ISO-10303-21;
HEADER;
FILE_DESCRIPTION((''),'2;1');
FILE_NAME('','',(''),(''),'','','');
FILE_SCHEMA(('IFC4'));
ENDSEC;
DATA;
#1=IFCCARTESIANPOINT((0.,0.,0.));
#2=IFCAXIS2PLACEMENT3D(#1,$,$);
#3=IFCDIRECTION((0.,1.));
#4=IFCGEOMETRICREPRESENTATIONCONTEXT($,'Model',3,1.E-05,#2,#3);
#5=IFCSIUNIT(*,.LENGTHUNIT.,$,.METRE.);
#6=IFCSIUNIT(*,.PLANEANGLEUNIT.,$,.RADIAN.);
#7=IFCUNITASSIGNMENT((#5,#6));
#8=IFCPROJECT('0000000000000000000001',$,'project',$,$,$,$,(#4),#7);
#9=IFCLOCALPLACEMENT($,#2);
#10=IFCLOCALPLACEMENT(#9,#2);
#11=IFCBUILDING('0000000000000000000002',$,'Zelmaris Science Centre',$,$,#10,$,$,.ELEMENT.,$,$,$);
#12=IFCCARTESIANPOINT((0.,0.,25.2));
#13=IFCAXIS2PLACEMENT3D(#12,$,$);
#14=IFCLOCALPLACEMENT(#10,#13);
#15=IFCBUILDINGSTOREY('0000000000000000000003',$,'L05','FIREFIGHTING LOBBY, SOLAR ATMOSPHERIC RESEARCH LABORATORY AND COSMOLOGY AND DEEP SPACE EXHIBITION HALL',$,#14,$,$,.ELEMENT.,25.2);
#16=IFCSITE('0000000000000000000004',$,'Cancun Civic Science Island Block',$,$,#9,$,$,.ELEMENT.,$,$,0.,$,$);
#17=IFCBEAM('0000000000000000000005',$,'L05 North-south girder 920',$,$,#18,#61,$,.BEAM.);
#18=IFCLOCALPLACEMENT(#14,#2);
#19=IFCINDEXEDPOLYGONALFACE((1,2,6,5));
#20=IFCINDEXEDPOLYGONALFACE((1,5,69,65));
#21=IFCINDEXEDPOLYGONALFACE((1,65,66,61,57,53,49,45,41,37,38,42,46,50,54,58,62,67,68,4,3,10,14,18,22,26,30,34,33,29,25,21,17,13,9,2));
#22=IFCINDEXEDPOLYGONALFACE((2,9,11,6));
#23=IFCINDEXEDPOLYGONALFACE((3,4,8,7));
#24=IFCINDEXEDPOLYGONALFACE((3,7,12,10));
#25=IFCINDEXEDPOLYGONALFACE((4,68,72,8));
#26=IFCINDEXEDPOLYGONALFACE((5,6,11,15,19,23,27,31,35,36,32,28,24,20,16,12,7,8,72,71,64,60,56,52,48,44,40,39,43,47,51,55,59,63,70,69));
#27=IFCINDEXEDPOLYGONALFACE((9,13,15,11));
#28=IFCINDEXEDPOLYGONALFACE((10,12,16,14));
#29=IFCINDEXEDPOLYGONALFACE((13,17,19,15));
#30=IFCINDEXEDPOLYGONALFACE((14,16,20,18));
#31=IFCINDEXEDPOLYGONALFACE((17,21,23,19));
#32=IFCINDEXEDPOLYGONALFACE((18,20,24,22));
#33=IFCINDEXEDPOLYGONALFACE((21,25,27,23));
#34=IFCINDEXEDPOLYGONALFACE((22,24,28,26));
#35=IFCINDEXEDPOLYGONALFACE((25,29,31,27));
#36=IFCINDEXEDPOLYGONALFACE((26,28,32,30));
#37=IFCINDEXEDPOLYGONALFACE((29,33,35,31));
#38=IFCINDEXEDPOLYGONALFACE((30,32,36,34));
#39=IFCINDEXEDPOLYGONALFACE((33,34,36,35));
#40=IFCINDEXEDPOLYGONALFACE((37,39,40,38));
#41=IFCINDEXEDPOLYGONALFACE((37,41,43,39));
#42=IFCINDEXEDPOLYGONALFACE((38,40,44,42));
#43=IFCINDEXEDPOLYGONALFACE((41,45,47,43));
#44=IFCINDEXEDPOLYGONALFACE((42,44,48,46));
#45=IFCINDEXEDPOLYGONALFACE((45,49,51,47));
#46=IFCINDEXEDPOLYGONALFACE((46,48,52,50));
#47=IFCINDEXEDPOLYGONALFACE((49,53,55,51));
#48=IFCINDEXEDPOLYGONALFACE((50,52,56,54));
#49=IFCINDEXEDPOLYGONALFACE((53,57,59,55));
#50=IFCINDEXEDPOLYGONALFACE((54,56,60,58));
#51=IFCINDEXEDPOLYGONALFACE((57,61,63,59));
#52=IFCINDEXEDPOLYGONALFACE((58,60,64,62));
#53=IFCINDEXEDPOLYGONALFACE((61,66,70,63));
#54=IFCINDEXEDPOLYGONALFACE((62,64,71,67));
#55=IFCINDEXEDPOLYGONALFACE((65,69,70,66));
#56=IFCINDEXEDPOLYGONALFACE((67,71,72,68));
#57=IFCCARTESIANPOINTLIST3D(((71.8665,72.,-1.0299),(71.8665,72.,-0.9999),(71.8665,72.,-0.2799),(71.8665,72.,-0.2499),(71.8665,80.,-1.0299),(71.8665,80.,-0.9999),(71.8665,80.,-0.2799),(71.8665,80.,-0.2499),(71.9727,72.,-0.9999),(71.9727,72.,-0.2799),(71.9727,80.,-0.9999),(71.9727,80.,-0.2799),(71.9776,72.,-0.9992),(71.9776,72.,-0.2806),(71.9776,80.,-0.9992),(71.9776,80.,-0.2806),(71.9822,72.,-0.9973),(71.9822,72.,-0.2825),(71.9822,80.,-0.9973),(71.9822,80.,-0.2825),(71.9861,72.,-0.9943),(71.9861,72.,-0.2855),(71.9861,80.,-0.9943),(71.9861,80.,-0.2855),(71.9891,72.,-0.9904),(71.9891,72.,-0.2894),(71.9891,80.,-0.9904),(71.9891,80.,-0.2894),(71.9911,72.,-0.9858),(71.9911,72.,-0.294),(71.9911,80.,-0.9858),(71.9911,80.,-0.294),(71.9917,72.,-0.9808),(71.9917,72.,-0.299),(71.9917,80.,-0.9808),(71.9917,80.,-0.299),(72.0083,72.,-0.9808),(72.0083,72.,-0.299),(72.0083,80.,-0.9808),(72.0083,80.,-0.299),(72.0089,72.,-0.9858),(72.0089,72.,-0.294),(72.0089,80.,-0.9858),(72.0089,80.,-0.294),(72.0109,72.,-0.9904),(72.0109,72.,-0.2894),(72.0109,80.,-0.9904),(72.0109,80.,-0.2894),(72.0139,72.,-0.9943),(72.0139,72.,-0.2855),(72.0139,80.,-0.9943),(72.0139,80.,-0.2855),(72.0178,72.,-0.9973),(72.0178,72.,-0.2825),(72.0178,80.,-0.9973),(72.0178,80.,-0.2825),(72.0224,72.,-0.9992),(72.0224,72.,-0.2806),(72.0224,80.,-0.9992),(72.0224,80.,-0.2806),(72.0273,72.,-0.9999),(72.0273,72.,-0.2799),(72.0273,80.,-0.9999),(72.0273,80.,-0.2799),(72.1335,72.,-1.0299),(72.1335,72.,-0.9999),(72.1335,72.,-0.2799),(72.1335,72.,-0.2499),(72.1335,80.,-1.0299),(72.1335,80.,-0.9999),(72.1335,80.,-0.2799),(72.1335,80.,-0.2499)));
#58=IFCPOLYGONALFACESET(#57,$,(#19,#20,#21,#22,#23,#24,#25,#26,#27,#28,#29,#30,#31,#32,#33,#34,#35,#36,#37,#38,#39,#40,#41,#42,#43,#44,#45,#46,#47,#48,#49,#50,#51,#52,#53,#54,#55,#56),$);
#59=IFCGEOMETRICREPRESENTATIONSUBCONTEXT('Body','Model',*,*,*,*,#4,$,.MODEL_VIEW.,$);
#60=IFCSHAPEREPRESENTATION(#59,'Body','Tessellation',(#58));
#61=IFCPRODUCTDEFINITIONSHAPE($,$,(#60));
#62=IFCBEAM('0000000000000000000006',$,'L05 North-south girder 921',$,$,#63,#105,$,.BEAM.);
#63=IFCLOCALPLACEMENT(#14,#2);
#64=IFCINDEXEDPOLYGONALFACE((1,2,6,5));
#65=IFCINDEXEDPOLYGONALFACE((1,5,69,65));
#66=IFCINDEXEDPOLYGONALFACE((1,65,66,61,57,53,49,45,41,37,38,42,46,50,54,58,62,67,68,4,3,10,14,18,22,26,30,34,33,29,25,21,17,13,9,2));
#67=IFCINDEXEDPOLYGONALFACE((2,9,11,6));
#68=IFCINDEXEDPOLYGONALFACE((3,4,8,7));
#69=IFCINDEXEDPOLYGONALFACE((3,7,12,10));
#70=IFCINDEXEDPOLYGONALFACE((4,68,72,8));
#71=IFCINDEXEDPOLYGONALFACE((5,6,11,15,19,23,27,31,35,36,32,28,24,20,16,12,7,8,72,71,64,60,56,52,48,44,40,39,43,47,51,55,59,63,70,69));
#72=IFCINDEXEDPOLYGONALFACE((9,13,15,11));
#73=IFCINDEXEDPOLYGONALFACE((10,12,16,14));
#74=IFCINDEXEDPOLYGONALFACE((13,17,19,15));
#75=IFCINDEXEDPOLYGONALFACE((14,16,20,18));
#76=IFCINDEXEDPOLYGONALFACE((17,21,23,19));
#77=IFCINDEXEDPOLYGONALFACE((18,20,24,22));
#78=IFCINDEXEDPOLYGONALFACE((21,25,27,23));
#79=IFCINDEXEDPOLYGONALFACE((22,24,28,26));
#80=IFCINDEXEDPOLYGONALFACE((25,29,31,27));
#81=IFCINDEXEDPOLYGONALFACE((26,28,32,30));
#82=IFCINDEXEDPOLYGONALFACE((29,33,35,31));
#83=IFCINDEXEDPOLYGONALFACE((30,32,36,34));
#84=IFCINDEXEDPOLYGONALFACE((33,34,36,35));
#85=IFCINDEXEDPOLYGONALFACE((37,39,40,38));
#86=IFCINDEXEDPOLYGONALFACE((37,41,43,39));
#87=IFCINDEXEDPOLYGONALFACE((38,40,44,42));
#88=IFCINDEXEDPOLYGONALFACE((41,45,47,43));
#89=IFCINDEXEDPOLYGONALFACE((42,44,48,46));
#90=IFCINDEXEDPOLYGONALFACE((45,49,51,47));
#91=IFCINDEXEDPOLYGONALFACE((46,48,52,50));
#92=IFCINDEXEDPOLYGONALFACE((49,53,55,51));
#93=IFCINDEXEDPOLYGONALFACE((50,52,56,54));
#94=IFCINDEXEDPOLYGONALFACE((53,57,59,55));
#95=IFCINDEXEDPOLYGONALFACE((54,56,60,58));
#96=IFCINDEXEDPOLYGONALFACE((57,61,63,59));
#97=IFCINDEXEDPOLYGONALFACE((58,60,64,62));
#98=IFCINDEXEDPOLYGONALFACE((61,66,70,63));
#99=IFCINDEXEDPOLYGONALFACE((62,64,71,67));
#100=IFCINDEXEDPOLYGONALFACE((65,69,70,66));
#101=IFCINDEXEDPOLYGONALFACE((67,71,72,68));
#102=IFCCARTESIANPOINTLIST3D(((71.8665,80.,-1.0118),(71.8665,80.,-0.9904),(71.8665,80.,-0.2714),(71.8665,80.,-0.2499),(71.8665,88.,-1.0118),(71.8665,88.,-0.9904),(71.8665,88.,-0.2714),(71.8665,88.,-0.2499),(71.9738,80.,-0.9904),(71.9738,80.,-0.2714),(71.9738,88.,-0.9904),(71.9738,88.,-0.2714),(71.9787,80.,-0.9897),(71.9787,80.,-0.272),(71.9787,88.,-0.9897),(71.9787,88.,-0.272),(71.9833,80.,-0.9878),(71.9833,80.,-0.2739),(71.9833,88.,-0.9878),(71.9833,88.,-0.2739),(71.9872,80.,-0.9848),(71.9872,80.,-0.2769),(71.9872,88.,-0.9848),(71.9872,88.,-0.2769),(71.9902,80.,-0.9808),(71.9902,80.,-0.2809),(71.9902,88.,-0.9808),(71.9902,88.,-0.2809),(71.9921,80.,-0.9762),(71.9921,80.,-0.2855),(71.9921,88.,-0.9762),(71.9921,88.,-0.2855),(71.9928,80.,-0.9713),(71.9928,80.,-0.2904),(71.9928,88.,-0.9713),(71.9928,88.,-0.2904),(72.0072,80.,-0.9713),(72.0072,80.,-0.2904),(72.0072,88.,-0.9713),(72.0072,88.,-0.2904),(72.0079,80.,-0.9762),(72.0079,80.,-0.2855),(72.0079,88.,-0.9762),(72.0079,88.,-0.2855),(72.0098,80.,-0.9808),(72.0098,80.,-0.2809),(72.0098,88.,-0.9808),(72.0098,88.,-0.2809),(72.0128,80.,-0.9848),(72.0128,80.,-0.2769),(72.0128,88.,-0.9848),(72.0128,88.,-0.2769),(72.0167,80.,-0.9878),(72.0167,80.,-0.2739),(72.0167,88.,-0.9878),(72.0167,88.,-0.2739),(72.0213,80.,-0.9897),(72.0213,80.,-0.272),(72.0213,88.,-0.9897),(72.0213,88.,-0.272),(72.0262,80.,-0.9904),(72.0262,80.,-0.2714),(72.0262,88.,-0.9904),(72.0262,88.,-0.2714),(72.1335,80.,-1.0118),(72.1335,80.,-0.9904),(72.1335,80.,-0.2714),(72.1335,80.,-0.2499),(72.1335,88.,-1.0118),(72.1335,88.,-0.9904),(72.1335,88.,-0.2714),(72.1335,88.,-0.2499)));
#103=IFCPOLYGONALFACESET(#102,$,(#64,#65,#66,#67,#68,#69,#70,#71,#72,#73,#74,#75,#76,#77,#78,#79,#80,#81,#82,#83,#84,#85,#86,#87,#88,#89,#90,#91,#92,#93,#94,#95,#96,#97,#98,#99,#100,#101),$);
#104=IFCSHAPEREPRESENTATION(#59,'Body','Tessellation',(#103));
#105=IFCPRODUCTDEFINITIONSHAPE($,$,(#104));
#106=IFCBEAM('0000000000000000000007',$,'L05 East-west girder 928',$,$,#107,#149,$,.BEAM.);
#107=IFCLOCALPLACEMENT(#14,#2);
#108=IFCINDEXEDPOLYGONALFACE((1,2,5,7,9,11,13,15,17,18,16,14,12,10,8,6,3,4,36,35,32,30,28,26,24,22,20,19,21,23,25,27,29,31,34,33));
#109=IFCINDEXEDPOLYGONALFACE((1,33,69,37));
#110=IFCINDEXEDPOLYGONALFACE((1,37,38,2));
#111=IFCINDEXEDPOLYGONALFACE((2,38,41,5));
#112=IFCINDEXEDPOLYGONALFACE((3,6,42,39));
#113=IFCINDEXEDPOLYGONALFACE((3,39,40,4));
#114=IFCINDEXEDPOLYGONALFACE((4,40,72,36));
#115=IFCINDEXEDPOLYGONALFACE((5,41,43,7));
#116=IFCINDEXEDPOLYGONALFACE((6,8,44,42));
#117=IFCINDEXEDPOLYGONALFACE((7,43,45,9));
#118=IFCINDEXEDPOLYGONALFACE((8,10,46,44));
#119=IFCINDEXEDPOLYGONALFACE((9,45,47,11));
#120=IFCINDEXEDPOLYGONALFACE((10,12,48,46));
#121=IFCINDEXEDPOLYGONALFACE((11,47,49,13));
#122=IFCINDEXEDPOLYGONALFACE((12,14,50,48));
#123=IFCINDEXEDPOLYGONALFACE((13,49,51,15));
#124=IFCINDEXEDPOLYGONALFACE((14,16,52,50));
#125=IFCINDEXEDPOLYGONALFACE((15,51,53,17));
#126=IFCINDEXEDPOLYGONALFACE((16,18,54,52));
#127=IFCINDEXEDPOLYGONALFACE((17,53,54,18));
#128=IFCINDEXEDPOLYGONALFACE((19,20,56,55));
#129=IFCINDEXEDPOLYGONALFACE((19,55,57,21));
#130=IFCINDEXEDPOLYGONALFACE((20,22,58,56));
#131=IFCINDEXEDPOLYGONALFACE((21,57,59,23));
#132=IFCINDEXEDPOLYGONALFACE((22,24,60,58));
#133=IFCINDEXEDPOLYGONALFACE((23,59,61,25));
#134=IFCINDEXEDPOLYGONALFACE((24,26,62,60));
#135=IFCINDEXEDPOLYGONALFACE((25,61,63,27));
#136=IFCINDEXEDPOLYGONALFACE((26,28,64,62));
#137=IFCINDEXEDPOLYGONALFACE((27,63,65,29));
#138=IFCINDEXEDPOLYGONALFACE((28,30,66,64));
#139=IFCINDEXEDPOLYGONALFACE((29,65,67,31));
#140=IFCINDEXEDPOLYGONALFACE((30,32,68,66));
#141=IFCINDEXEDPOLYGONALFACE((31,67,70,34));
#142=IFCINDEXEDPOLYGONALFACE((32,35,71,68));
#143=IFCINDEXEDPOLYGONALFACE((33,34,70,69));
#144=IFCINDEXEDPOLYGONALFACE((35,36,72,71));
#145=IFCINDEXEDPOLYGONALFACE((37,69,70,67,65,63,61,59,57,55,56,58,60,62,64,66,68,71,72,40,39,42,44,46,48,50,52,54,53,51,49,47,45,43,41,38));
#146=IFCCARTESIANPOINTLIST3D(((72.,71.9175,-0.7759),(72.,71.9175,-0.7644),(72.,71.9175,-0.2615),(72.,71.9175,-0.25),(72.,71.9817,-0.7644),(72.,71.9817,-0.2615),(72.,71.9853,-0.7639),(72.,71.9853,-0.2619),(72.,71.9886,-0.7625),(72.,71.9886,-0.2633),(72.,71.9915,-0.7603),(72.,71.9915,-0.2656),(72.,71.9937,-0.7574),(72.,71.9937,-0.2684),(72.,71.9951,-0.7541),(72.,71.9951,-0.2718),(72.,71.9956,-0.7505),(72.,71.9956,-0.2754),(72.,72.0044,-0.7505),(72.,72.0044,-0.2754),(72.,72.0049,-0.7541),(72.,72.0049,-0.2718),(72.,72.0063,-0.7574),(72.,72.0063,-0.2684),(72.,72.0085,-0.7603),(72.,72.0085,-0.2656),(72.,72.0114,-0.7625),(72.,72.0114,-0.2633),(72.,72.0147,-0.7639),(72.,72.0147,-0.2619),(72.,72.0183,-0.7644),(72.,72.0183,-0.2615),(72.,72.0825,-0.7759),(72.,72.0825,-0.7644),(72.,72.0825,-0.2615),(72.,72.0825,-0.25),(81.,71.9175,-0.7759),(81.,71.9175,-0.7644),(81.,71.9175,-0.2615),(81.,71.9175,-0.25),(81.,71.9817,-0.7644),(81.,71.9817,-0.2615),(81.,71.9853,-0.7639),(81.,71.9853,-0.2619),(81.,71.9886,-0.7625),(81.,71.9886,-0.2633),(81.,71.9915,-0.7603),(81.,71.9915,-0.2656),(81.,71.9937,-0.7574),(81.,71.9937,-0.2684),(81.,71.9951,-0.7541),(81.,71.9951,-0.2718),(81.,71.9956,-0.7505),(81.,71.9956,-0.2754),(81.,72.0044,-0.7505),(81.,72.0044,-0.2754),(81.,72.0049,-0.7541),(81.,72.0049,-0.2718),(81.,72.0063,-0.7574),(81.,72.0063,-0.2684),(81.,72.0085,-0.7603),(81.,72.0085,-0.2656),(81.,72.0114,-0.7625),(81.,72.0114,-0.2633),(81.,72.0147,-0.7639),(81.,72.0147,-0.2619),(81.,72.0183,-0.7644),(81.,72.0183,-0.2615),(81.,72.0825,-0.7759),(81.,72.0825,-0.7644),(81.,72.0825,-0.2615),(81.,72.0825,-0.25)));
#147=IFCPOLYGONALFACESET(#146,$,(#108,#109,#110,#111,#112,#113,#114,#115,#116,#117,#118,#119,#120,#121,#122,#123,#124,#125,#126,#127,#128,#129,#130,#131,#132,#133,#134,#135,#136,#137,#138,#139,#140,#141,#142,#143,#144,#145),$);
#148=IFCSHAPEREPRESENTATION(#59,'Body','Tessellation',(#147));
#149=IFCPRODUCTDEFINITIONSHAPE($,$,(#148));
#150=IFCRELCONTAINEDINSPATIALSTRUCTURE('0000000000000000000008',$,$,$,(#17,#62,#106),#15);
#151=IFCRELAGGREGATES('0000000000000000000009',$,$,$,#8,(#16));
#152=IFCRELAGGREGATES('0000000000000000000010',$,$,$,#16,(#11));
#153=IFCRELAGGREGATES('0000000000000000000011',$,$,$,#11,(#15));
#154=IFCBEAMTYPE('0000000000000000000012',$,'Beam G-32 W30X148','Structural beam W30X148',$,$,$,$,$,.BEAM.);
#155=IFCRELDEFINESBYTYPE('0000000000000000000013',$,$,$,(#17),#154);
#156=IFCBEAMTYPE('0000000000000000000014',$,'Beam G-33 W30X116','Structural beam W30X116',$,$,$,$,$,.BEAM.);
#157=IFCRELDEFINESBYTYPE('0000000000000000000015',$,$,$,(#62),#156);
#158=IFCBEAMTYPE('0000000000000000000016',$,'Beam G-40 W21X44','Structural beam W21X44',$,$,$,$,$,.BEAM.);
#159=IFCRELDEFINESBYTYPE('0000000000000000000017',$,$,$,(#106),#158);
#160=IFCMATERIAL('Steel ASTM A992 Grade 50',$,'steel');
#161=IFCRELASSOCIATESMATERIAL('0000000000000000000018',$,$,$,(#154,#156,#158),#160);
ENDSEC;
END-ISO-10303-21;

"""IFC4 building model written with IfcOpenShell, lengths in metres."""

from ifc_helpers import new_model, si_unit, direction, frame, origin, origin_2d, place, context, subcontext, project, spatial, i_section, extrude, material, material_profile, profile_set, type_object, element, save


model = new_model("IFC4")

# Units and contexts
model_context = context("Model", 3, precision=1e-05, world=origin(), true_north=direction((0.0, 1.0)))
body_context = subcontext(model_context, "Body", "Model", "MODEL_VIEW")
ifc_project = project(units=[si_unit("LENGTHUNIT", "METRE"), si_unit("PLANEANGLEUNIT", "RADIAN")], contexts=[model_context])

# Site, building, storey
site_placement = place(None, origin())
site = spatial("IfcSite", under=ifc_project, at=site_placement, Name="Cancun Civic Science Island Block", CompositionType="ELEMENT", RefElevation=0.0)
building_placement = place(site_placement, origin())
building = spatial("IfcBuilding", under=site, at=building_placement, Name="Zelmaris Science Centre", CompositionType="ELEMENT")
storey_placement = place(building_placement, frame((0.0, 0.0, 25.2)))
storey = spatial("IfcBuildingStorey", under=building, at=storey_placement, Name="L05", Description="FIREFIGHTING LOBBY, SOLAR ATMOSPHERIC RESEARCH LABORATORY AND COSMOLOGY AND DEEP SPACE EXHIBITION HALL", CompositionType="ELEMENT", Elevation=25.2)

# Shared definitions
ifc_material_1 = material(Name="Steel ASTM A992 Grade 50", Category="steel")

# Beams
ifc_material_profile_1 = material_profile(ifc_material_1, i_section(OverallWidth=0.2671, OverallDepth=0.78, WebThickness=0.0166, FlangeThickness=0.03, FilletRadius=0.019, at=origin_2d()), Name="W30X148")
ifc_profile_set_1 = profile_set([ifc_material_profile_1], Name="Steel ASTM A992 Grade 50")
beam_type_1 = type_object("IfcBeamType", Name="Beam G-32 W30X148", Description="Structural beam W30X148", PredefinedType="BEAM", material=ifc_profile_set_1)
beam_1_placement = place(storey_placement, frame((72.0, 72.0, -0.6399), z_axis=(0.0, 1.0, 0.0), x_axis=(-1.0, 0.0, 0.0)))
element("IfcBeam", 1, at=beam_1_placement, inside=storey, type_object=beam_type_1, Name="L05 North-south girder 920", PredefinedType="BEAM", context=body_context, shape_type="SweptSolid", body=[
    extrude(i_section(OverallWidth=0.2671, OverallDepth=0.78, WebThickness=0.0166, FlangeThickness=0.03, FilletRadius=0.019, at=origin_2d()), origin(), (0.0, 0.0, 1.0), 8.0),
])
ifc_material_profile_2 = material_profile(ifc_material_1, i_section(OverallWidth=0.2671, OverallDepth=0.762, WebThickness=0.0144, FlangeThickness=0.0215, FilletRadius=0.019, at=origin_2d()), Name="W30X116")
ifc_profile_set_2 = profile_set([ifc_material_profile_2], Name="Steel ASTM A992 Grade 50")
beam_type_2 = type_object("IfcBeamType", Name="Beam G-33 W30X116", Description="Structural beam W30X116", PredefinedType="BEAM", material=ifc_profile_set_2)
beam_2_placement = place(storey_placement, frame((72.0, 80.0, -0.6309), z_axis=(0.0, 1.0, 0.0), x_axis=(-1.0, 0.0, 0.0)))
element("IfcBeam", 2, at=beam_2_placement, inside=storey, type_object=beam_type_2, Name="L05 North-south girder 921", PredefinedType="BEAM", context=body_context, shape_type="SweptSolid", body=[
    extrude(i_section(OverallWidth=0.2671, OverallDepth=0.762, WebThickness=0.0144, FlangeThickness=0.0215, FilletRadius=0.019, at=origin_2d()), origin(), (0.0, 0.0, 1.0), 8.0),
])
ifc_material_profile_3 = material_profile(ifc_material_1, i_section(OverallWidth=0.165, OverallDepth=0.5259, WebThickness=0.0088, FlangeThickness=0.0115, FilletRadius=0.0139, at=origin_2d()), Name="W21X44")
ifc_profile_set_3 = profile_set([ifc_material_profile_3], Name="Steel ASTM A992 Grade 50")
beam_type_3 = type_object("IfcBeamType", Name="Beam G-40 W21X44", Description="Structural beam W21X44", PredefinedType="BEAM", material=ifc_profile_set_3)
beam_3_placement = place(storey_placement, frame((72.0, 72.0, -0.5129), z_axis=(1.0, 0.0, 0.0), x_axis=(0.0, 1.0, 0.0)))
element("IfcBeam", 3, at=beam_3_placement, inside=storey, type_object=beam_type_3, Name="L05 East-west girder 928", PredefinedType="BEAM", context=body_context, shape_type="SweptSolid", body=[
    extrude(i_section(OverallWidth=0.165, OverallDepth=0.5259, WebThickness=0.0088, FlangeThickness=0.0115, FilletRadius=0.0139, at=origin_2d()), origin(), (0.0, 0.0, 1.0), 9.0),
])

save(model, "model.ifc")
